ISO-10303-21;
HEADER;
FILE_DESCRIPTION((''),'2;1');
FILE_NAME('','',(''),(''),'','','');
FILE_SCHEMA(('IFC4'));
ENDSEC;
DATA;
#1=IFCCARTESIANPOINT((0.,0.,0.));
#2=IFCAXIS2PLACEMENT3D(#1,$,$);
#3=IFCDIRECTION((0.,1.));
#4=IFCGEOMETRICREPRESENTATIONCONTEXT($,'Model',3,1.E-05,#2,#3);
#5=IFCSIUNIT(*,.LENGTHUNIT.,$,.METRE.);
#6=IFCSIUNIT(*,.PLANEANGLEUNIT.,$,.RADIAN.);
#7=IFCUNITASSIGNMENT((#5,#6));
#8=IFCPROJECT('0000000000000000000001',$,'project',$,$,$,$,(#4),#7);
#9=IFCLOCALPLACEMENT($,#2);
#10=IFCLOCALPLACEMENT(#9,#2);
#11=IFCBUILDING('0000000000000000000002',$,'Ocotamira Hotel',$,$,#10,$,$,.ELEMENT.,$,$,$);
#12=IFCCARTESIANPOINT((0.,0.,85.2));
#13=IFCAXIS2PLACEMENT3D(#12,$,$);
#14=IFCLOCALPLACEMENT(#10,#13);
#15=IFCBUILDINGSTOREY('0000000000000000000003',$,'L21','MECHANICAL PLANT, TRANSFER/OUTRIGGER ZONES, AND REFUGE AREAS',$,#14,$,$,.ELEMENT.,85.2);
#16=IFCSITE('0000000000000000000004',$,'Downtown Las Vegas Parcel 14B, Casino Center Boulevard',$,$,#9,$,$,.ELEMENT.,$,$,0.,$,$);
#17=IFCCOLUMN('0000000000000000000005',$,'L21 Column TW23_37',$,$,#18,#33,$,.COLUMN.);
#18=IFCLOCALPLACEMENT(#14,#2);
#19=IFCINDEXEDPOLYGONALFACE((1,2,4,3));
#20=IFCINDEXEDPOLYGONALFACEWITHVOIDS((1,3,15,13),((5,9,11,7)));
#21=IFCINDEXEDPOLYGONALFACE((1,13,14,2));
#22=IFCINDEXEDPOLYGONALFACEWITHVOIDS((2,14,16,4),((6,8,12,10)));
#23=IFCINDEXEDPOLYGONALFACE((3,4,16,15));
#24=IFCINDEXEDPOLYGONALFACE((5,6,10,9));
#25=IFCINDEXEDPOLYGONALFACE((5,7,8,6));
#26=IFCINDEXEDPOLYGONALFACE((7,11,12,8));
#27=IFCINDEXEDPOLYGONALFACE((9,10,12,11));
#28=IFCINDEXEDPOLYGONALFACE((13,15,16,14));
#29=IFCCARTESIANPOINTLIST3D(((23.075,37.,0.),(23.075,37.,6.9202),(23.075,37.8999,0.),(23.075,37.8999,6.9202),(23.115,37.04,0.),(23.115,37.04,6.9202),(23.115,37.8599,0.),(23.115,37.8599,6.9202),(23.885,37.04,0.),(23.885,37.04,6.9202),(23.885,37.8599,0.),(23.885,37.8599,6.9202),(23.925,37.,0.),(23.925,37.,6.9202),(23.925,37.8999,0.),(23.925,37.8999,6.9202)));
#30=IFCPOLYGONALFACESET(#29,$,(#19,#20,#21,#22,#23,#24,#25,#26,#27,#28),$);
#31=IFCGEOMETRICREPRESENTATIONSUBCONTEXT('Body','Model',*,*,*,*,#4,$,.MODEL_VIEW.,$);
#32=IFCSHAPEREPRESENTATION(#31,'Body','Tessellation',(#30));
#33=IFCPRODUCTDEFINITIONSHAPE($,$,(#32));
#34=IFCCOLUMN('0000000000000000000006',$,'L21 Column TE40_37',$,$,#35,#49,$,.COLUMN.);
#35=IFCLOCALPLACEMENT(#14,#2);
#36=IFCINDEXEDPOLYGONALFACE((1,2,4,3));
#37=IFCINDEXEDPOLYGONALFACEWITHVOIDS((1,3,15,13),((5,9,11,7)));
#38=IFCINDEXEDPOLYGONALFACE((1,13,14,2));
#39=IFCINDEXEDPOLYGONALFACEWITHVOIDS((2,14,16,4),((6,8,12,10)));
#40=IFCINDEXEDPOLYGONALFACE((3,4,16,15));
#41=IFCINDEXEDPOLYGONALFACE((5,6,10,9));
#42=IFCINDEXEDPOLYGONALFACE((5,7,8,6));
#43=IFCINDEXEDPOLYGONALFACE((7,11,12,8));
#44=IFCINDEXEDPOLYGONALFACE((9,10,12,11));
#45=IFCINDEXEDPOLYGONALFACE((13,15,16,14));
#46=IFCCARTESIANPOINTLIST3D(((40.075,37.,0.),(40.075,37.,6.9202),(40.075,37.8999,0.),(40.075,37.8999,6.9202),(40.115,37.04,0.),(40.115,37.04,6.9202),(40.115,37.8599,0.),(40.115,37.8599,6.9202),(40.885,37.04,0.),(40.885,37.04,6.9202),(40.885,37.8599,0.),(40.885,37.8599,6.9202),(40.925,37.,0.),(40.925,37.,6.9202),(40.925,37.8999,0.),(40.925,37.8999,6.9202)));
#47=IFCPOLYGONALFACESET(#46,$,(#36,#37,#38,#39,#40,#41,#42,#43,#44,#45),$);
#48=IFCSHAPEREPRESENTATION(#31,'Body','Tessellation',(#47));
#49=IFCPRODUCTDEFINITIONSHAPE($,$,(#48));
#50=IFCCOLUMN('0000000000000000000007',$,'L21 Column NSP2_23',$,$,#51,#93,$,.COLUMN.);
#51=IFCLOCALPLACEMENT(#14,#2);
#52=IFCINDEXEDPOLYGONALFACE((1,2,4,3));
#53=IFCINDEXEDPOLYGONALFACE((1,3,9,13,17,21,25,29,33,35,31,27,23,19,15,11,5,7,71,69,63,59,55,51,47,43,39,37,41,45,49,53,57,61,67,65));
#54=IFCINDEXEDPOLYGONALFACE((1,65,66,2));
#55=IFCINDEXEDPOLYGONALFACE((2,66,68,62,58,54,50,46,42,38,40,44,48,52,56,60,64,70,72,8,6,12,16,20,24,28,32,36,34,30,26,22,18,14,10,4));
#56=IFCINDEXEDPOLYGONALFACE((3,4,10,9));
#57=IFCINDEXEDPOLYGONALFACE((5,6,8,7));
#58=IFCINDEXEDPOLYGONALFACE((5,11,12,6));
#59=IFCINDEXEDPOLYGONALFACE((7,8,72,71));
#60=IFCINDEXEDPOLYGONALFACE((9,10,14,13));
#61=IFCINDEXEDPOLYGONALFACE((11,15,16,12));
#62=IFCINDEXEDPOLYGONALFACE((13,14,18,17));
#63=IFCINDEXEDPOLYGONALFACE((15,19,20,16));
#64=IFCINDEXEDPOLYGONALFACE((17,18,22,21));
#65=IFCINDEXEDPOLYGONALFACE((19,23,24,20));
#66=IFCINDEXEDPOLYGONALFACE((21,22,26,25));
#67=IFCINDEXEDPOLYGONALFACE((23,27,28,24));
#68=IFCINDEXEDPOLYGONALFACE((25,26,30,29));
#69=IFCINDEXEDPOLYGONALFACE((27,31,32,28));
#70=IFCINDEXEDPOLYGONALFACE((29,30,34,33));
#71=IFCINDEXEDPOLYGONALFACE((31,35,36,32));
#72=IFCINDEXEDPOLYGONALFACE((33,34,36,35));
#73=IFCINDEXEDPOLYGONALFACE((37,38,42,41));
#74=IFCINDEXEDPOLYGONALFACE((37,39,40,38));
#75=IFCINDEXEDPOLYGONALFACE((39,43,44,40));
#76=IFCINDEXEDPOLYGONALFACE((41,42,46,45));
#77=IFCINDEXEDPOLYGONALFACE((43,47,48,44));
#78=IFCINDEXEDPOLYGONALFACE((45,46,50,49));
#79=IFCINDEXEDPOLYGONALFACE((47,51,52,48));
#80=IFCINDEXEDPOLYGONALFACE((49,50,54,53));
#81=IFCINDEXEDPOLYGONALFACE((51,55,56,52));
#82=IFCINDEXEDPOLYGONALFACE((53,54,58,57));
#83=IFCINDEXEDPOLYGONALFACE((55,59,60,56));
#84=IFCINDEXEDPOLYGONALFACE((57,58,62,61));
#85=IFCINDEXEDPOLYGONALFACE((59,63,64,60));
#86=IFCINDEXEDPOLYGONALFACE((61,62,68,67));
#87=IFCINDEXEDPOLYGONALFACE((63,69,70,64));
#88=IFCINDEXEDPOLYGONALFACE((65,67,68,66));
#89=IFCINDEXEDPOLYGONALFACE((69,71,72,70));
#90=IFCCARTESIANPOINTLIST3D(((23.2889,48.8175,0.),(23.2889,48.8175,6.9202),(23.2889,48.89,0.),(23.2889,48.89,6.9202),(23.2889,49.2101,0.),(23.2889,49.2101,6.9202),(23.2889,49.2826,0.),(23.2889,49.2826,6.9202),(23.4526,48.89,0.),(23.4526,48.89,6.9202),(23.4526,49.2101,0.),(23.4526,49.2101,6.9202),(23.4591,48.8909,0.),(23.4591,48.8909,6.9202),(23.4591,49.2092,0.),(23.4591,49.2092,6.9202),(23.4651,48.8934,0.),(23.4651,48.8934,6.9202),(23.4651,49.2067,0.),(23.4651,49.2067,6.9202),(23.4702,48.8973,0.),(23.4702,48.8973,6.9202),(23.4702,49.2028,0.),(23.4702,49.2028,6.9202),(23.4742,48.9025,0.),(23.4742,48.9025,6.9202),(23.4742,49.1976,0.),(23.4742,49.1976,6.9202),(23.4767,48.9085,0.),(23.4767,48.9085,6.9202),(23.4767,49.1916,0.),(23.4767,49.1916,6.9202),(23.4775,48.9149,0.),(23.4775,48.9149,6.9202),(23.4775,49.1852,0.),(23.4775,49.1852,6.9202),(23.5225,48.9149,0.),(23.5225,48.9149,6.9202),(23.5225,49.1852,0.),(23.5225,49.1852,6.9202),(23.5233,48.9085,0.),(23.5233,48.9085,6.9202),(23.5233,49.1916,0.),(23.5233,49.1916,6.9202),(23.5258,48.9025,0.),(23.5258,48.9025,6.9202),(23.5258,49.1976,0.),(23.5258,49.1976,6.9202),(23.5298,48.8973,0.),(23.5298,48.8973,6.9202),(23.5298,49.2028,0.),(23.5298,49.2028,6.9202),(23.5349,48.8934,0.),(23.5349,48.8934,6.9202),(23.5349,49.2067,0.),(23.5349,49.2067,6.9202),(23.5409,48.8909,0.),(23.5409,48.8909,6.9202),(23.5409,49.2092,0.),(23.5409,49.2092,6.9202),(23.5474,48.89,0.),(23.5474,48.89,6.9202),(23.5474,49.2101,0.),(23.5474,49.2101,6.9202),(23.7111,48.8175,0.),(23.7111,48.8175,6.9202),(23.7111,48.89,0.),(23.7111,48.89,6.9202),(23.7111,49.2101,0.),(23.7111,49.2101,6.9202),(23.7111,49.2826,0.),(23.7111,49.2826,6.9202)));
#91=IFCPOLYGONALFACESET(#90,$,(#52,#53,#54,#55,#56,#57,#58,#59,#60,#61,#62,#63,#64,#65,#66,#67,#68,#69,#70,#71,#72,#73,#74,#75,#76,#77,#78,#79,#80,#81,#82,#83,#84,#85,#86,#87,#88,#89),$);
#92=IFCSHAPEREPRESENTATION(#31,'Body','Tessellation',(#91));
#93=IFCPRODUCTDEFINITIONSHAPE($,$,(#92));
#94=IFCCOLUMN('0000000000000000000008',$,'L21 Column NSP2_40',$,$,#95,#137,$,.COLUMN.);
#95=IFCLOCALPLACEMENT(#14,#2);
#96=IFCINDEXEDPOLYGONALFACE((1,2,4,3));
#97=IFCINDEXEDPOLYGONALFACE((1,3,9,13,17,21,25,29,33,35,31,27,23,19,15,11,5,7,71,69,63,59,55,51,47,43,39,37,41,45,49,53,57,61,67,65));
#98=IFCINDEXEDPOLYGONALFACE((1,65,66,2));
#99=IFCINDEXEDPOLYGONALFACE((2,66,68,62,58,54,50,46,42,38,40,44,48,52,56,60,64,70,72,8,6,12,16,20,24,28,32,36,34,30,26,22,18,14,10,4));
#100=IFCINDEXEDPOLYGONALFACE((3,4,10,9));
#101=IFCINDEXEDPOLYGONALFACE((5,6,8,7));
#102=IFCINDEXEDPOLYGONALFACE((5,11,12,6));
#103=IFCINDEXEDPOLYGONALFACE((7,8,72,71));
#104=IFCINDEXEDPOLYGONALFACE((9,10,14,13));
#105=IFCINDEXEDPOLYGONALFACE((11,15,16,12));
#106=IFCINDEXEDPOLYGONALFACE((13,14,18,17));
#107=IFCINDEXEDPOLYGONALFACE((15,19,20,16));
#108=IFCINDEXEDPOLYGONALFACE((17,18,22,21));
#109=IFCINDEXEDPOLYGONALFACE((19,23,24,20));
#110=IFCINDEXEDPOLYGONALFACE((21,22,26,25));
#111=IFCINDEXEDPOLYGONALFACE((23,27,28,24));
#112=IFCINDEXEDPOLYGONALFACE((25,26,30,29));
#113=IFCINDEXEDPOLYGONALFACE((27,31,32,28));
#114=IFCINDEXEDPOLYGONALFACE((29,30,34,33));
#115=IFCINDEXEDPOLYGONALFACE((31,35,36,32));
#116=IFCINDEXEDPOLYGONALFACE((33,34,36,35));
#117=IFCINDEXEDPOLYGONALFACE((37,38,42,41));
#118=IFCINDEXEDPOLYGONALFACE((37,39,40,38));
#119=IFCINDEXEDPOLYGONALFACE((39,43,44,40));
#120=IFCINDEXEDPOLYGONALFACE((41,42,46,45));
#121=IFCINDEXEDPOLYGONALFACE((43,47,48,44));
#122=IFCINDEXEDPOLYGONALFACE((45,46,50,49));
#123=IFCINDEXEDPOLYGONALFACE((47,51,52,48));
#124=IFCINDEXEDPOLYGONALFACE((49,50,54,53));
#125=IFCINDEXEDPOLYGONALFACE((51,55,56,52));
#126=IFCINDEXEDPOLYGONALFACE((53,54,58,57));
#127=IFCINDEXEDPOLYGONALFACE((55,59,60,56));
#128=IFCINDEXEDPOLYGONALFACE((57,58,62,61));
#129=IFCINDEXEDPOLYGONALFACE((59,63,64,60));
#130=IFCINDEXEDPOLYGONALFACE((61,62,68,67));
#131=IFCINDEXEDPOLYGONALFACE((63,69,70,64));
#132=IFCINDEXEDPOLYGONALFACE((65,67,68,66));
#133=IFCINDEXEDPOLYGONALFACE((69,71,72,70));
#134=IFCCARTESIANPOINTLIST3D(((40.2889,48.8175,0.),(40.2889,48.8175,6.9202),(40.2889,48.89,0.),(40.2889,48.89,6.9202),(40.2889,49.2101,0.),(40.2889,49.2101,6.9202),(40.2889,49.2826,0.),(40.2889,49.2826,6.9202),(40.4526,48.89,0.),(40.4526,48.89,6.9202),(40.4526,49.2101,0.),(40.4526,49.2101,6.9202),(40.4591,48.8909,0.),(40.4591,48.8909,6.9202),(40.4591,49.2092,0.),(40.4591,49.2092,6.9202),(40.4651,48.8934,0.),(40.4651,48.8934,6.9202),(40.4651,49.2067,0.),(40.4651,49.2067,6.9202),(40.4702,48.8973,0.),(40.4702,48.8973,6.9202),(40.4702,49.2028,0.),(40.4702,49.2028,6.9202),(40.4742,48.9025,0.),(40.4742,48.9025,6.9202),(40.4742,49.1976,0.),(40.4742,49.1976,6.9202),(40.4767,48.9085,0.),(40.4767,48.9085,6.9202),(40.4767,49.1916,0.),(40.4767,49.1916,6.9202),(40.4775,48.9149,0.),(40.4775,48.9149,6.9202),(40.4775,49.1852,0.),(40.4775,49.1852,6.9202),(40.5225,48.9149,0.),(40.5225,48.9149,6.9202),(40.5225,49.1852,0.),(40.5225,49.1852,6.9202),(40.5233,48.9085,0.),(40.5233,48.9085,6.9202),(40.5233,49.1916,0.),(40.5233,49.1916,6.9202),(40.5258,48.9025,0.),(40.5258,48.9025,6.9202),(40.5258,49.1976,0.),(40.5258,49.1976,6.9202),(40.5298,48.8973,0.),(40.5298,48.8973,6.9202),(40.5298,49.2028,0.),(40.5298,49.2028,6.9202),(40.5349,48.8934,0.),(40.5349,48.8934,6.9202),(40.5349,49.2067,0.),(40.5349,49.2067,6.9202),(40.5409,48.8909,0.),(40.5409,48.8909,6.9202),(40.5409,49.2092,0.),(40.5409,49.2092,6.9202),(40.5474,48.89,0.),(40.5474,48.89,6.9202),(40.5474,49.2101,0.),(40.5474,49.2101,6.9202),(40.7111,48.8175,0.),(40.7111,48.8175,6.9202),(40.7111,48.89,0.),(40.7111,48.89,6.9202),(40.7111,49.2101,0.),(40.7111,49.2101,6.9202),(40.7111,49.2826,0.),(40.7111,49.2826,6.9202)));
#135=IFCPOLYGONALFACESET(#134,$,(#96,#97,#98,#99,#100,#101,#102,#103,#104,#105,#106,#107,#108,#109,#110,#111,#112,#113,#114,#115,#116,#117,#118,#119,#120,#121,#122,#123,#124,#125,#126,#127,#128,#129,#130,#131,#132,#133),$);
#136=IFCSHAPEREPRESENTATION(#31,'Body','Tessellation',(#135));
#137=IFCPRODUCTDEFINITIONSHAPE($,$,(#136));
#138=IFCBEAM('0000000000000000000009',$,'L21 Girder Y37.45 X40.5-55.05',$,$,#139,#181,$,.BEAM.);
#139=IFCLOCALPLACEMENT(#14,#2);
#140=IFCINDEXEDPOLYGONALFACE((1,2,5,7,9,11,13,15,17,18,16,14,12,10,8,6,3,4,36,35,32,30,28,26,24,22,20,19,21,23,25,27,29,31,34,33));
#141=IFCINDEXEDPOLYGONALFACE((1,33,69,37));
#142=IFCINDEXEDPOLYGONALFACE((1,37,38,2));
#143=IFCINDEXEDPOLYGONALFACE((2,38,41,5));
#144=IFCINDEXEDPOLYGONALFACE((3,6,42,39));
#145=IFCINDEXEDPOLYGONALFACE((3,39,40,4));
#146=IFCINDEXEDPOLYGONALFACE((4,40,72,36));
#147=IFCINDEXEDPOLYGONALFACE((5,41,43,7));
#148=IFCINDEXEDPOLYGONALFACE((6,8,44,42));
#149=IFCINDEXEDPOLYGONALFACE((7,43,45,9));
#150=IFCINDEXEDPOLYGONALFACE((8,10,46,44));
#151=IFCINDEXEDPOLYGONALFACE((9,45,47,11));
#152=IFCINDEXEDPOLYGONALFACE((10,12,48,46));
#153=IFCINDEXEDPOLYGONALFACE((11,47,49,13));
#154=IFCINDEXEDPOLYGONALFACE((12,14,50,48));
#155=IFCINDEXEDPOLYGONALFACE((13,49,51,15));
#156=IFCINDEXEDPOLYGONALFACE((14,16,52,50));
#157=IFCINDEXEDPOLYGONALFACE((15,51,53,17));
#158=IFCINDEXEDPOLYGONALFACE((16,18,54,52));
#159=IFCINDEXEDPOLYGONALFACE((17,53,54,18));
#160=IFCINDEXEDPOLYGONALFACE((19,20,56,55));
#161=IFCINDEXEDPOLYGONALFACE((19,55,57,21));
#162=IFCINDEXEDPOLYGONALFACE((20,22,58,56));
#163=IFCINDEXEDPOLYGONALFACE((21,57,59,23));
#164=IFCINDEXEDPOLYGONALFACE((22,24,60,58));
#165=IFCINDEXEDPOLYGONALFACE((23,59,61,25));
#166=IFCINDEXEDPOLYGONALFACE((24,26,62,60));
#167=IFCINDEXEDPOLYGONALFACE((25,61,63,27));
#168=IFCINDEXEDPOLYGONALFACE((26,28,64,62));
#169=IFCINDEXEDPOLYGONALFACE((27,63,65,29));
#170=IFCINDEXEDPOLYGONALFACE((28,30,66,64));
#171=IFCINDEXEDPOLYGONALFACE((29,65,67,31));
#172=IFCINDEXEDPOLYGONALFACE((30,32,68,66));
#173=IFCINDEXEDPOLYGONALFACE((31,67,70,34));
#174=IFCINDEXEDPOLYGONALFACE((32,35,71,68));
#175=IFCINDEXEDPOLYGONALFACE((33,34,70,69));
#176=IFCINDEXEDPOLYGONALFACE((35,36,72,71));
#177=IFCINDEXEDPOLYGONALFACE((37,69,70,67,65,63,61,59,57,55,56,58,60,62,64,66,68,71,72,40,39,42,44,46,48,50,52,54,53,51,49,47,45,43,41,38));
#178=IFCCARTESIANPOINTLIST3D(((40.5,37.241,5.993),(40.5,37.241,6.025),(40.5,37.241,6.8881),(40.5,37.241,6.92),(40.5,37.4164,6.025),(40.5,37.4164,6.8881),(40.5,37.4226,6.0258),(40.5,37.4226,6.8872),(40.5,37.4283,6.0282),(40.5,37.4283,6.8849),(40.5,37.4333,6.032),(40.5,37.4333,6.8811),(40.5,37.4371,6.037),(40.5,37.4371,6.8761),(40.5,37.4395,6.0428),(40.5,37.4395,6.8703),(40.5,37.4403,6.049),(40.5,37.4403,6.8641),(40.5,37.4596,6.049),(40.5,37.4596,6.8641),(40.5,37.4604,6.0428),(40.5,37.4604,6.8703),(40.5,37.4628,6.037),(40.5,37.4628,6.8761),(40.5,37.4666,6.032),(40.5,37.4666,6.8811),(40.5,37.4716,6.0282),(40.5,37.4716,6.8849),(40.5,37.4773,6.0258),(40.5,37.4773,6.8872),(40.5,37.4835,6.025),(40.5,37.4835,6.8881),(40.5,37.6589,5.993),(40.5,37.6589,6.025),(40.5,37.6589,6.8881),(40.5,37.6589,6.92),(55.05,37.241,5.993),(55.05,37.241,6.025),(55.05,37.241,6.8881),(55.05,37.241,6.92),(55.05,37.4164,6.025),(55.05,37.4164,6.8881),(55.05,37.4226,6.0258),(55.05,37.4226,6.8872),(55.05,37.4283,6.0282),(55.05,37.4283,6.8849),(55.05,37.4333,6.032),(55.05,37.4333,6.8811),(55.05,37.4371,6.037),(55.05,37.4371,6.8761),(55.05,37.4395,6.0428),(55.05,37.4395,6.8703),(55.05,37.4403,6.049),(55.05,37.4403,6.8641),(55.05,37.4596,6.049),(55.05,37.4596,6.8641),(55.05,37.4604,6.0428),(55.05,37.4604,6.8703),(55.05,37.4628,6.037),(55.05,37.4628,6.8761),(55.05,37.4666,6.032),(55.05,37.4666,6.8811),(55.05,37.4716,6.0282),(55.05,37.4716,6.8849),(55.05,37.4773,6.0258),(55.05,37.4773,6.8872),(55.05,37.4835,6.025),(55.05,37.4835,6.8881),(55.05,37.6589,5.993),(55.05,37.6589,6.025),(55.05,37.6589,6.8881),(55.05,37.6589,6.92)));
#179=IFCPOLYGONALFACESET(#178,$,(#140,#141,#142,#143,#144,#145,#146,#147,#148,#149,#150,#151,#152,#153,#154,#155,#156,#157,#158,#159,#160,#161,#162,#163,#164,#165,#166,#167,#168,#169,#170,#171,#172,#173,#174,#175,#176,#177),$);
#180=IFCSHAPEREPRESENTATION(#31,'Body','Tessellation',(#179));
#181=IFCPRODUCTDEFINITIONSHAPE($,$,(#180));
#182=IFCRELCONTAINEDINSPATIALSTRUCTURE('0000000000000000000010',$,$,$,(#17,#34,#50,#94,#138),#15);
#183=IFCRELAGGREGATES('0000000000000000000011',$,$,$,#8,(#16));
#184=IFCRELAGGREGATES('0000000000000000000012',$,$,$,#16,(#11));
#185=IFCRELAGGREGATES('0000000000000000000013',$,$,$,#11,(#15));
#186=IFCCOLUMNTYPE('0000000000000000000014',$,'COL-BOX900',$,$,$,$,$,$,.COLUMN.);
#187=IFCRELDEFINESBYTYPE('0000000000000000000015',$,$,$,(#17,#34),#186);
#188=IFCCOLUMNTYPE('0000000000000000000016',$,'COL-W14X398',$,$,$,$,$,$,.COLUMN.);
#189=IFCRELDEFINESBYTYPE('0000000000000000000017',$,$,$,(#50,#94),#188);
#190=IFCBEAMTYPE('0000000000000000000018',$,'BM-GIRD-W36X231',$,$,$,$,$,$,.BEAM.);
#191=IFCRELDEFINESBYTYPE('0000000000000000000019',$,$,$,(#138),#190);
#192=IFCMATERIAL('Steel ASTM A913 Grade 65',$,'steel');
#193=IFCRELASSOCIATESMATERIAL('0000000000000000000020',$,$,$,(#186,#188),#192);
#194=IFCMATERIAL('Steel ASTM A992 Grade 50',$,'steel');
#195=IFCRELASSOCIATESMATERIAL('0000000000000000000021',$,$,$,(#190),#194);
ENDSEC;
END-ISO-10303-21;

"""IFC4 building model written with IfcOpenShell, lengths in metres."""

from ifc_helpers import new_model, si_unit, direction, frame, origin, origin_2d, place, context, subcontext, project, spatial, hollow_rectangle, i_section, extrude, source, transform, mapped, material, material_profile, profile_set, type_object, element, save


model = new_model("IFC4")

# Units and contexts
model_context = context("Model", 3, precision=1e-05, world=origin(), true_north=direction((0.0, 1.0)))
body_context = subcontext(model_context, "Body", "Model", "MODEL_VIEW")
ifc_project = project(units=[si_unit("LENGTHUNIT", "METRE"), si_unit("PLANEANGLEUNIT", "RADIAN")], contexts=[model_context])

# Site, building, storey
site_placement = place(None, origin())
site = spatial("IfcSite", under=ifc_project, at=site_placement, Name="Downtown Las Vegas Parcel 14B, Casino Center Boulevard", CompositionType="ELEMENT", RefElevation=0.0)
building_placement = place(site_placement, origin())
building = spatial("IfcBuilding", under=site, at=building_placement, Name="Ocotamira Hotel", CompositionType="ELEMENT")
storey_placement = place(building_placement, frame((0.0, 0.0, 85.2)))
storey = spatial("IfcBuildingStorey", under=building, at=storey_placement, Name="L21", Description="MECHANICAL PLANT, TRANSFER/OUTRIGGER ZONES, AND REFUGE AREAS", CompositionType="ELEMENT", Elevation=85.2)

# Columns
ifc_material_1 = material(Name="Steel ASTM A913 Grade 65", Category="steel")
ifc_material_profile_1 = material_profile(ifc_material_1, hollow_rectangle(XDim=0.8501, YDim=0.8999, WallThickness=0.04, at=origin_2d()), Name="BOX900X850X40")
ifc_profile_set_1 = profile_set([ifc_material_profile_1], Name="Steel ASTM A913 Grade 65")
column_type_1 = type_object("IfcColumnType", Name="COL-BOX900", PredefinedType="COLUMN", material=ifc_profile_set_1)
shared_shape_1 = source(origin(), body_context, "Body", "SweptSolid", [
    extrude(hollow_rectangle(XDim=0.8501, YDim=0.8999, WallThickness=0.04, at=origin_2d()), origin(), (0.0, 0.0, 1.0), 6.9202),
])
for number, where, z_axis, x_axis, name in (
    (1, (23.5, 37.45, 0.0), (0.0, 0.0, 1.0), (1.0, 0.0, 0.0), "L21 Column TW23_37"),
    (2, (40.5, 37.45, 0.0), (0.0, 0.0, 1.0), (1.0, 0.0, 0.0), "L21 Column TE40_37"),
):
    element("IfcColumn", number, at=place(storey_placement, frame(where, z_axis=z_axis, x_axis=x_axis)), inside=storey, type_object=column_type_1, Name=name, PredefinedType="COLUMN", context=body_context, shape_type="MappedRepresentation", body=[
        mapped(shared_shape_1, transform((0.0, 0.0, 0.0), scale=1.0)),
    ])
ifc_material_profile_2 = material_profile(ifc_material_1, i_section(OverallWidth=0.4221, OverallDepth=0.4651, WebThickness=0.0449, FlangeThickness=0.0725, FilletRadius=0.0249, at=origin_2d()), Name="W14X398")
ifc_profile_set_2 = profile_set([ifc_material_profile_2], Name="Steel ASTM A913 Grade 65")
column_type_2 = type_object("IfcColumnType", Name="COL-W14X398", PredefinedType="COLUMN", material=ifc_profile_set_2)
shared_shape_2 = source(origin(), body_context, "Body", "SweptSolid", [
    extrude(i_section(OverallWidth=0.4221, OverallDepth=0.4651, WebThickness=0.0449, FlangeThickness=0.0725, FilletRadius=0.0249, at=origin_2d()), origin(), (0.0, 0.0, 1.0), 6.9202),
])
for number, where, z_axis, x_axis, name in (
    (3, (23.5, 49.05, 0.0), (0.0, 0.0, 1.0), (1.0, 0.0, 0.0), "L21 Column NSP2_23"),
    (4, (40.5, 49.05, 0.0), (0.0, 0.0, 1.0), (1.0, 0.0, 0.0), "L21 Column NSP2_40"),
):
    element("IfcColumn", number, at=place(storey_placement, frame(where, z_axis=z_axis, x_axis=x_axis)), inside=storey, type_object=column_type_2, Name=name, PredefinedType="COLUMN", context=body_context, shape_type="MappedRepresentation", body=[
        mapped(shared_shape_2, transform((0.0, 0.0, 0.0), scale=1.0)),
    ])

# Beam
ifc_material_2 = material(Name="Steel ASTM A992 Grade 50", Category="steel")
ifc_material_profile_3 = material_profile(ifc_material_2, i_section(OverallWidth=0.418, OverallDepth=0.927, WebThickness=0.0193, FlangeThickness=0.032, FilletRadius=0.0239, at=origin_2d()), Name="W36X231")
ifc_profile_set_3 = profile_set([ifc_material_profile_3], Name="Steel ASTM A992 Grade 50")
beam_type_1 = type_object("IfcBeamType", Name="BM-GIRD-W36X231", PredefinedType="BEAM", material=ifc_profile_set_3)
shared_shape_3 = source(origin(), body_context, "Body", "SweptSolid", [
    extrude(i_section(OverallWidth=0.418, OverallDepth=0.927, WebThickness=0.0193, FlangeThickness=0.032, FilletRadius=0.0239, at=origin_2d()), origin(), (0.0, 0.0, 1.0), 14.55),
])
beam_1_placement = place(storey_placement, frame((40.5, 37.45, 6.4565), z_axis=(1.0, 0.0, 0.0), x_axis=(0.0, 1.0, 0.0)))
element("IfcBeam", 5, at=beam_1_placement, inside=storey, type_object=beam_type_1, Name="L21 Girder Y37.45 X40.5-55.05", PredefinedType="BEAM", context=body_context, shape_type="MappedRepresentation", body=[
    mapped(shared_shape_3, transform((0.0, 0.0, 0.0), scale=1.0)),
])

save(model, "model.ifc")
